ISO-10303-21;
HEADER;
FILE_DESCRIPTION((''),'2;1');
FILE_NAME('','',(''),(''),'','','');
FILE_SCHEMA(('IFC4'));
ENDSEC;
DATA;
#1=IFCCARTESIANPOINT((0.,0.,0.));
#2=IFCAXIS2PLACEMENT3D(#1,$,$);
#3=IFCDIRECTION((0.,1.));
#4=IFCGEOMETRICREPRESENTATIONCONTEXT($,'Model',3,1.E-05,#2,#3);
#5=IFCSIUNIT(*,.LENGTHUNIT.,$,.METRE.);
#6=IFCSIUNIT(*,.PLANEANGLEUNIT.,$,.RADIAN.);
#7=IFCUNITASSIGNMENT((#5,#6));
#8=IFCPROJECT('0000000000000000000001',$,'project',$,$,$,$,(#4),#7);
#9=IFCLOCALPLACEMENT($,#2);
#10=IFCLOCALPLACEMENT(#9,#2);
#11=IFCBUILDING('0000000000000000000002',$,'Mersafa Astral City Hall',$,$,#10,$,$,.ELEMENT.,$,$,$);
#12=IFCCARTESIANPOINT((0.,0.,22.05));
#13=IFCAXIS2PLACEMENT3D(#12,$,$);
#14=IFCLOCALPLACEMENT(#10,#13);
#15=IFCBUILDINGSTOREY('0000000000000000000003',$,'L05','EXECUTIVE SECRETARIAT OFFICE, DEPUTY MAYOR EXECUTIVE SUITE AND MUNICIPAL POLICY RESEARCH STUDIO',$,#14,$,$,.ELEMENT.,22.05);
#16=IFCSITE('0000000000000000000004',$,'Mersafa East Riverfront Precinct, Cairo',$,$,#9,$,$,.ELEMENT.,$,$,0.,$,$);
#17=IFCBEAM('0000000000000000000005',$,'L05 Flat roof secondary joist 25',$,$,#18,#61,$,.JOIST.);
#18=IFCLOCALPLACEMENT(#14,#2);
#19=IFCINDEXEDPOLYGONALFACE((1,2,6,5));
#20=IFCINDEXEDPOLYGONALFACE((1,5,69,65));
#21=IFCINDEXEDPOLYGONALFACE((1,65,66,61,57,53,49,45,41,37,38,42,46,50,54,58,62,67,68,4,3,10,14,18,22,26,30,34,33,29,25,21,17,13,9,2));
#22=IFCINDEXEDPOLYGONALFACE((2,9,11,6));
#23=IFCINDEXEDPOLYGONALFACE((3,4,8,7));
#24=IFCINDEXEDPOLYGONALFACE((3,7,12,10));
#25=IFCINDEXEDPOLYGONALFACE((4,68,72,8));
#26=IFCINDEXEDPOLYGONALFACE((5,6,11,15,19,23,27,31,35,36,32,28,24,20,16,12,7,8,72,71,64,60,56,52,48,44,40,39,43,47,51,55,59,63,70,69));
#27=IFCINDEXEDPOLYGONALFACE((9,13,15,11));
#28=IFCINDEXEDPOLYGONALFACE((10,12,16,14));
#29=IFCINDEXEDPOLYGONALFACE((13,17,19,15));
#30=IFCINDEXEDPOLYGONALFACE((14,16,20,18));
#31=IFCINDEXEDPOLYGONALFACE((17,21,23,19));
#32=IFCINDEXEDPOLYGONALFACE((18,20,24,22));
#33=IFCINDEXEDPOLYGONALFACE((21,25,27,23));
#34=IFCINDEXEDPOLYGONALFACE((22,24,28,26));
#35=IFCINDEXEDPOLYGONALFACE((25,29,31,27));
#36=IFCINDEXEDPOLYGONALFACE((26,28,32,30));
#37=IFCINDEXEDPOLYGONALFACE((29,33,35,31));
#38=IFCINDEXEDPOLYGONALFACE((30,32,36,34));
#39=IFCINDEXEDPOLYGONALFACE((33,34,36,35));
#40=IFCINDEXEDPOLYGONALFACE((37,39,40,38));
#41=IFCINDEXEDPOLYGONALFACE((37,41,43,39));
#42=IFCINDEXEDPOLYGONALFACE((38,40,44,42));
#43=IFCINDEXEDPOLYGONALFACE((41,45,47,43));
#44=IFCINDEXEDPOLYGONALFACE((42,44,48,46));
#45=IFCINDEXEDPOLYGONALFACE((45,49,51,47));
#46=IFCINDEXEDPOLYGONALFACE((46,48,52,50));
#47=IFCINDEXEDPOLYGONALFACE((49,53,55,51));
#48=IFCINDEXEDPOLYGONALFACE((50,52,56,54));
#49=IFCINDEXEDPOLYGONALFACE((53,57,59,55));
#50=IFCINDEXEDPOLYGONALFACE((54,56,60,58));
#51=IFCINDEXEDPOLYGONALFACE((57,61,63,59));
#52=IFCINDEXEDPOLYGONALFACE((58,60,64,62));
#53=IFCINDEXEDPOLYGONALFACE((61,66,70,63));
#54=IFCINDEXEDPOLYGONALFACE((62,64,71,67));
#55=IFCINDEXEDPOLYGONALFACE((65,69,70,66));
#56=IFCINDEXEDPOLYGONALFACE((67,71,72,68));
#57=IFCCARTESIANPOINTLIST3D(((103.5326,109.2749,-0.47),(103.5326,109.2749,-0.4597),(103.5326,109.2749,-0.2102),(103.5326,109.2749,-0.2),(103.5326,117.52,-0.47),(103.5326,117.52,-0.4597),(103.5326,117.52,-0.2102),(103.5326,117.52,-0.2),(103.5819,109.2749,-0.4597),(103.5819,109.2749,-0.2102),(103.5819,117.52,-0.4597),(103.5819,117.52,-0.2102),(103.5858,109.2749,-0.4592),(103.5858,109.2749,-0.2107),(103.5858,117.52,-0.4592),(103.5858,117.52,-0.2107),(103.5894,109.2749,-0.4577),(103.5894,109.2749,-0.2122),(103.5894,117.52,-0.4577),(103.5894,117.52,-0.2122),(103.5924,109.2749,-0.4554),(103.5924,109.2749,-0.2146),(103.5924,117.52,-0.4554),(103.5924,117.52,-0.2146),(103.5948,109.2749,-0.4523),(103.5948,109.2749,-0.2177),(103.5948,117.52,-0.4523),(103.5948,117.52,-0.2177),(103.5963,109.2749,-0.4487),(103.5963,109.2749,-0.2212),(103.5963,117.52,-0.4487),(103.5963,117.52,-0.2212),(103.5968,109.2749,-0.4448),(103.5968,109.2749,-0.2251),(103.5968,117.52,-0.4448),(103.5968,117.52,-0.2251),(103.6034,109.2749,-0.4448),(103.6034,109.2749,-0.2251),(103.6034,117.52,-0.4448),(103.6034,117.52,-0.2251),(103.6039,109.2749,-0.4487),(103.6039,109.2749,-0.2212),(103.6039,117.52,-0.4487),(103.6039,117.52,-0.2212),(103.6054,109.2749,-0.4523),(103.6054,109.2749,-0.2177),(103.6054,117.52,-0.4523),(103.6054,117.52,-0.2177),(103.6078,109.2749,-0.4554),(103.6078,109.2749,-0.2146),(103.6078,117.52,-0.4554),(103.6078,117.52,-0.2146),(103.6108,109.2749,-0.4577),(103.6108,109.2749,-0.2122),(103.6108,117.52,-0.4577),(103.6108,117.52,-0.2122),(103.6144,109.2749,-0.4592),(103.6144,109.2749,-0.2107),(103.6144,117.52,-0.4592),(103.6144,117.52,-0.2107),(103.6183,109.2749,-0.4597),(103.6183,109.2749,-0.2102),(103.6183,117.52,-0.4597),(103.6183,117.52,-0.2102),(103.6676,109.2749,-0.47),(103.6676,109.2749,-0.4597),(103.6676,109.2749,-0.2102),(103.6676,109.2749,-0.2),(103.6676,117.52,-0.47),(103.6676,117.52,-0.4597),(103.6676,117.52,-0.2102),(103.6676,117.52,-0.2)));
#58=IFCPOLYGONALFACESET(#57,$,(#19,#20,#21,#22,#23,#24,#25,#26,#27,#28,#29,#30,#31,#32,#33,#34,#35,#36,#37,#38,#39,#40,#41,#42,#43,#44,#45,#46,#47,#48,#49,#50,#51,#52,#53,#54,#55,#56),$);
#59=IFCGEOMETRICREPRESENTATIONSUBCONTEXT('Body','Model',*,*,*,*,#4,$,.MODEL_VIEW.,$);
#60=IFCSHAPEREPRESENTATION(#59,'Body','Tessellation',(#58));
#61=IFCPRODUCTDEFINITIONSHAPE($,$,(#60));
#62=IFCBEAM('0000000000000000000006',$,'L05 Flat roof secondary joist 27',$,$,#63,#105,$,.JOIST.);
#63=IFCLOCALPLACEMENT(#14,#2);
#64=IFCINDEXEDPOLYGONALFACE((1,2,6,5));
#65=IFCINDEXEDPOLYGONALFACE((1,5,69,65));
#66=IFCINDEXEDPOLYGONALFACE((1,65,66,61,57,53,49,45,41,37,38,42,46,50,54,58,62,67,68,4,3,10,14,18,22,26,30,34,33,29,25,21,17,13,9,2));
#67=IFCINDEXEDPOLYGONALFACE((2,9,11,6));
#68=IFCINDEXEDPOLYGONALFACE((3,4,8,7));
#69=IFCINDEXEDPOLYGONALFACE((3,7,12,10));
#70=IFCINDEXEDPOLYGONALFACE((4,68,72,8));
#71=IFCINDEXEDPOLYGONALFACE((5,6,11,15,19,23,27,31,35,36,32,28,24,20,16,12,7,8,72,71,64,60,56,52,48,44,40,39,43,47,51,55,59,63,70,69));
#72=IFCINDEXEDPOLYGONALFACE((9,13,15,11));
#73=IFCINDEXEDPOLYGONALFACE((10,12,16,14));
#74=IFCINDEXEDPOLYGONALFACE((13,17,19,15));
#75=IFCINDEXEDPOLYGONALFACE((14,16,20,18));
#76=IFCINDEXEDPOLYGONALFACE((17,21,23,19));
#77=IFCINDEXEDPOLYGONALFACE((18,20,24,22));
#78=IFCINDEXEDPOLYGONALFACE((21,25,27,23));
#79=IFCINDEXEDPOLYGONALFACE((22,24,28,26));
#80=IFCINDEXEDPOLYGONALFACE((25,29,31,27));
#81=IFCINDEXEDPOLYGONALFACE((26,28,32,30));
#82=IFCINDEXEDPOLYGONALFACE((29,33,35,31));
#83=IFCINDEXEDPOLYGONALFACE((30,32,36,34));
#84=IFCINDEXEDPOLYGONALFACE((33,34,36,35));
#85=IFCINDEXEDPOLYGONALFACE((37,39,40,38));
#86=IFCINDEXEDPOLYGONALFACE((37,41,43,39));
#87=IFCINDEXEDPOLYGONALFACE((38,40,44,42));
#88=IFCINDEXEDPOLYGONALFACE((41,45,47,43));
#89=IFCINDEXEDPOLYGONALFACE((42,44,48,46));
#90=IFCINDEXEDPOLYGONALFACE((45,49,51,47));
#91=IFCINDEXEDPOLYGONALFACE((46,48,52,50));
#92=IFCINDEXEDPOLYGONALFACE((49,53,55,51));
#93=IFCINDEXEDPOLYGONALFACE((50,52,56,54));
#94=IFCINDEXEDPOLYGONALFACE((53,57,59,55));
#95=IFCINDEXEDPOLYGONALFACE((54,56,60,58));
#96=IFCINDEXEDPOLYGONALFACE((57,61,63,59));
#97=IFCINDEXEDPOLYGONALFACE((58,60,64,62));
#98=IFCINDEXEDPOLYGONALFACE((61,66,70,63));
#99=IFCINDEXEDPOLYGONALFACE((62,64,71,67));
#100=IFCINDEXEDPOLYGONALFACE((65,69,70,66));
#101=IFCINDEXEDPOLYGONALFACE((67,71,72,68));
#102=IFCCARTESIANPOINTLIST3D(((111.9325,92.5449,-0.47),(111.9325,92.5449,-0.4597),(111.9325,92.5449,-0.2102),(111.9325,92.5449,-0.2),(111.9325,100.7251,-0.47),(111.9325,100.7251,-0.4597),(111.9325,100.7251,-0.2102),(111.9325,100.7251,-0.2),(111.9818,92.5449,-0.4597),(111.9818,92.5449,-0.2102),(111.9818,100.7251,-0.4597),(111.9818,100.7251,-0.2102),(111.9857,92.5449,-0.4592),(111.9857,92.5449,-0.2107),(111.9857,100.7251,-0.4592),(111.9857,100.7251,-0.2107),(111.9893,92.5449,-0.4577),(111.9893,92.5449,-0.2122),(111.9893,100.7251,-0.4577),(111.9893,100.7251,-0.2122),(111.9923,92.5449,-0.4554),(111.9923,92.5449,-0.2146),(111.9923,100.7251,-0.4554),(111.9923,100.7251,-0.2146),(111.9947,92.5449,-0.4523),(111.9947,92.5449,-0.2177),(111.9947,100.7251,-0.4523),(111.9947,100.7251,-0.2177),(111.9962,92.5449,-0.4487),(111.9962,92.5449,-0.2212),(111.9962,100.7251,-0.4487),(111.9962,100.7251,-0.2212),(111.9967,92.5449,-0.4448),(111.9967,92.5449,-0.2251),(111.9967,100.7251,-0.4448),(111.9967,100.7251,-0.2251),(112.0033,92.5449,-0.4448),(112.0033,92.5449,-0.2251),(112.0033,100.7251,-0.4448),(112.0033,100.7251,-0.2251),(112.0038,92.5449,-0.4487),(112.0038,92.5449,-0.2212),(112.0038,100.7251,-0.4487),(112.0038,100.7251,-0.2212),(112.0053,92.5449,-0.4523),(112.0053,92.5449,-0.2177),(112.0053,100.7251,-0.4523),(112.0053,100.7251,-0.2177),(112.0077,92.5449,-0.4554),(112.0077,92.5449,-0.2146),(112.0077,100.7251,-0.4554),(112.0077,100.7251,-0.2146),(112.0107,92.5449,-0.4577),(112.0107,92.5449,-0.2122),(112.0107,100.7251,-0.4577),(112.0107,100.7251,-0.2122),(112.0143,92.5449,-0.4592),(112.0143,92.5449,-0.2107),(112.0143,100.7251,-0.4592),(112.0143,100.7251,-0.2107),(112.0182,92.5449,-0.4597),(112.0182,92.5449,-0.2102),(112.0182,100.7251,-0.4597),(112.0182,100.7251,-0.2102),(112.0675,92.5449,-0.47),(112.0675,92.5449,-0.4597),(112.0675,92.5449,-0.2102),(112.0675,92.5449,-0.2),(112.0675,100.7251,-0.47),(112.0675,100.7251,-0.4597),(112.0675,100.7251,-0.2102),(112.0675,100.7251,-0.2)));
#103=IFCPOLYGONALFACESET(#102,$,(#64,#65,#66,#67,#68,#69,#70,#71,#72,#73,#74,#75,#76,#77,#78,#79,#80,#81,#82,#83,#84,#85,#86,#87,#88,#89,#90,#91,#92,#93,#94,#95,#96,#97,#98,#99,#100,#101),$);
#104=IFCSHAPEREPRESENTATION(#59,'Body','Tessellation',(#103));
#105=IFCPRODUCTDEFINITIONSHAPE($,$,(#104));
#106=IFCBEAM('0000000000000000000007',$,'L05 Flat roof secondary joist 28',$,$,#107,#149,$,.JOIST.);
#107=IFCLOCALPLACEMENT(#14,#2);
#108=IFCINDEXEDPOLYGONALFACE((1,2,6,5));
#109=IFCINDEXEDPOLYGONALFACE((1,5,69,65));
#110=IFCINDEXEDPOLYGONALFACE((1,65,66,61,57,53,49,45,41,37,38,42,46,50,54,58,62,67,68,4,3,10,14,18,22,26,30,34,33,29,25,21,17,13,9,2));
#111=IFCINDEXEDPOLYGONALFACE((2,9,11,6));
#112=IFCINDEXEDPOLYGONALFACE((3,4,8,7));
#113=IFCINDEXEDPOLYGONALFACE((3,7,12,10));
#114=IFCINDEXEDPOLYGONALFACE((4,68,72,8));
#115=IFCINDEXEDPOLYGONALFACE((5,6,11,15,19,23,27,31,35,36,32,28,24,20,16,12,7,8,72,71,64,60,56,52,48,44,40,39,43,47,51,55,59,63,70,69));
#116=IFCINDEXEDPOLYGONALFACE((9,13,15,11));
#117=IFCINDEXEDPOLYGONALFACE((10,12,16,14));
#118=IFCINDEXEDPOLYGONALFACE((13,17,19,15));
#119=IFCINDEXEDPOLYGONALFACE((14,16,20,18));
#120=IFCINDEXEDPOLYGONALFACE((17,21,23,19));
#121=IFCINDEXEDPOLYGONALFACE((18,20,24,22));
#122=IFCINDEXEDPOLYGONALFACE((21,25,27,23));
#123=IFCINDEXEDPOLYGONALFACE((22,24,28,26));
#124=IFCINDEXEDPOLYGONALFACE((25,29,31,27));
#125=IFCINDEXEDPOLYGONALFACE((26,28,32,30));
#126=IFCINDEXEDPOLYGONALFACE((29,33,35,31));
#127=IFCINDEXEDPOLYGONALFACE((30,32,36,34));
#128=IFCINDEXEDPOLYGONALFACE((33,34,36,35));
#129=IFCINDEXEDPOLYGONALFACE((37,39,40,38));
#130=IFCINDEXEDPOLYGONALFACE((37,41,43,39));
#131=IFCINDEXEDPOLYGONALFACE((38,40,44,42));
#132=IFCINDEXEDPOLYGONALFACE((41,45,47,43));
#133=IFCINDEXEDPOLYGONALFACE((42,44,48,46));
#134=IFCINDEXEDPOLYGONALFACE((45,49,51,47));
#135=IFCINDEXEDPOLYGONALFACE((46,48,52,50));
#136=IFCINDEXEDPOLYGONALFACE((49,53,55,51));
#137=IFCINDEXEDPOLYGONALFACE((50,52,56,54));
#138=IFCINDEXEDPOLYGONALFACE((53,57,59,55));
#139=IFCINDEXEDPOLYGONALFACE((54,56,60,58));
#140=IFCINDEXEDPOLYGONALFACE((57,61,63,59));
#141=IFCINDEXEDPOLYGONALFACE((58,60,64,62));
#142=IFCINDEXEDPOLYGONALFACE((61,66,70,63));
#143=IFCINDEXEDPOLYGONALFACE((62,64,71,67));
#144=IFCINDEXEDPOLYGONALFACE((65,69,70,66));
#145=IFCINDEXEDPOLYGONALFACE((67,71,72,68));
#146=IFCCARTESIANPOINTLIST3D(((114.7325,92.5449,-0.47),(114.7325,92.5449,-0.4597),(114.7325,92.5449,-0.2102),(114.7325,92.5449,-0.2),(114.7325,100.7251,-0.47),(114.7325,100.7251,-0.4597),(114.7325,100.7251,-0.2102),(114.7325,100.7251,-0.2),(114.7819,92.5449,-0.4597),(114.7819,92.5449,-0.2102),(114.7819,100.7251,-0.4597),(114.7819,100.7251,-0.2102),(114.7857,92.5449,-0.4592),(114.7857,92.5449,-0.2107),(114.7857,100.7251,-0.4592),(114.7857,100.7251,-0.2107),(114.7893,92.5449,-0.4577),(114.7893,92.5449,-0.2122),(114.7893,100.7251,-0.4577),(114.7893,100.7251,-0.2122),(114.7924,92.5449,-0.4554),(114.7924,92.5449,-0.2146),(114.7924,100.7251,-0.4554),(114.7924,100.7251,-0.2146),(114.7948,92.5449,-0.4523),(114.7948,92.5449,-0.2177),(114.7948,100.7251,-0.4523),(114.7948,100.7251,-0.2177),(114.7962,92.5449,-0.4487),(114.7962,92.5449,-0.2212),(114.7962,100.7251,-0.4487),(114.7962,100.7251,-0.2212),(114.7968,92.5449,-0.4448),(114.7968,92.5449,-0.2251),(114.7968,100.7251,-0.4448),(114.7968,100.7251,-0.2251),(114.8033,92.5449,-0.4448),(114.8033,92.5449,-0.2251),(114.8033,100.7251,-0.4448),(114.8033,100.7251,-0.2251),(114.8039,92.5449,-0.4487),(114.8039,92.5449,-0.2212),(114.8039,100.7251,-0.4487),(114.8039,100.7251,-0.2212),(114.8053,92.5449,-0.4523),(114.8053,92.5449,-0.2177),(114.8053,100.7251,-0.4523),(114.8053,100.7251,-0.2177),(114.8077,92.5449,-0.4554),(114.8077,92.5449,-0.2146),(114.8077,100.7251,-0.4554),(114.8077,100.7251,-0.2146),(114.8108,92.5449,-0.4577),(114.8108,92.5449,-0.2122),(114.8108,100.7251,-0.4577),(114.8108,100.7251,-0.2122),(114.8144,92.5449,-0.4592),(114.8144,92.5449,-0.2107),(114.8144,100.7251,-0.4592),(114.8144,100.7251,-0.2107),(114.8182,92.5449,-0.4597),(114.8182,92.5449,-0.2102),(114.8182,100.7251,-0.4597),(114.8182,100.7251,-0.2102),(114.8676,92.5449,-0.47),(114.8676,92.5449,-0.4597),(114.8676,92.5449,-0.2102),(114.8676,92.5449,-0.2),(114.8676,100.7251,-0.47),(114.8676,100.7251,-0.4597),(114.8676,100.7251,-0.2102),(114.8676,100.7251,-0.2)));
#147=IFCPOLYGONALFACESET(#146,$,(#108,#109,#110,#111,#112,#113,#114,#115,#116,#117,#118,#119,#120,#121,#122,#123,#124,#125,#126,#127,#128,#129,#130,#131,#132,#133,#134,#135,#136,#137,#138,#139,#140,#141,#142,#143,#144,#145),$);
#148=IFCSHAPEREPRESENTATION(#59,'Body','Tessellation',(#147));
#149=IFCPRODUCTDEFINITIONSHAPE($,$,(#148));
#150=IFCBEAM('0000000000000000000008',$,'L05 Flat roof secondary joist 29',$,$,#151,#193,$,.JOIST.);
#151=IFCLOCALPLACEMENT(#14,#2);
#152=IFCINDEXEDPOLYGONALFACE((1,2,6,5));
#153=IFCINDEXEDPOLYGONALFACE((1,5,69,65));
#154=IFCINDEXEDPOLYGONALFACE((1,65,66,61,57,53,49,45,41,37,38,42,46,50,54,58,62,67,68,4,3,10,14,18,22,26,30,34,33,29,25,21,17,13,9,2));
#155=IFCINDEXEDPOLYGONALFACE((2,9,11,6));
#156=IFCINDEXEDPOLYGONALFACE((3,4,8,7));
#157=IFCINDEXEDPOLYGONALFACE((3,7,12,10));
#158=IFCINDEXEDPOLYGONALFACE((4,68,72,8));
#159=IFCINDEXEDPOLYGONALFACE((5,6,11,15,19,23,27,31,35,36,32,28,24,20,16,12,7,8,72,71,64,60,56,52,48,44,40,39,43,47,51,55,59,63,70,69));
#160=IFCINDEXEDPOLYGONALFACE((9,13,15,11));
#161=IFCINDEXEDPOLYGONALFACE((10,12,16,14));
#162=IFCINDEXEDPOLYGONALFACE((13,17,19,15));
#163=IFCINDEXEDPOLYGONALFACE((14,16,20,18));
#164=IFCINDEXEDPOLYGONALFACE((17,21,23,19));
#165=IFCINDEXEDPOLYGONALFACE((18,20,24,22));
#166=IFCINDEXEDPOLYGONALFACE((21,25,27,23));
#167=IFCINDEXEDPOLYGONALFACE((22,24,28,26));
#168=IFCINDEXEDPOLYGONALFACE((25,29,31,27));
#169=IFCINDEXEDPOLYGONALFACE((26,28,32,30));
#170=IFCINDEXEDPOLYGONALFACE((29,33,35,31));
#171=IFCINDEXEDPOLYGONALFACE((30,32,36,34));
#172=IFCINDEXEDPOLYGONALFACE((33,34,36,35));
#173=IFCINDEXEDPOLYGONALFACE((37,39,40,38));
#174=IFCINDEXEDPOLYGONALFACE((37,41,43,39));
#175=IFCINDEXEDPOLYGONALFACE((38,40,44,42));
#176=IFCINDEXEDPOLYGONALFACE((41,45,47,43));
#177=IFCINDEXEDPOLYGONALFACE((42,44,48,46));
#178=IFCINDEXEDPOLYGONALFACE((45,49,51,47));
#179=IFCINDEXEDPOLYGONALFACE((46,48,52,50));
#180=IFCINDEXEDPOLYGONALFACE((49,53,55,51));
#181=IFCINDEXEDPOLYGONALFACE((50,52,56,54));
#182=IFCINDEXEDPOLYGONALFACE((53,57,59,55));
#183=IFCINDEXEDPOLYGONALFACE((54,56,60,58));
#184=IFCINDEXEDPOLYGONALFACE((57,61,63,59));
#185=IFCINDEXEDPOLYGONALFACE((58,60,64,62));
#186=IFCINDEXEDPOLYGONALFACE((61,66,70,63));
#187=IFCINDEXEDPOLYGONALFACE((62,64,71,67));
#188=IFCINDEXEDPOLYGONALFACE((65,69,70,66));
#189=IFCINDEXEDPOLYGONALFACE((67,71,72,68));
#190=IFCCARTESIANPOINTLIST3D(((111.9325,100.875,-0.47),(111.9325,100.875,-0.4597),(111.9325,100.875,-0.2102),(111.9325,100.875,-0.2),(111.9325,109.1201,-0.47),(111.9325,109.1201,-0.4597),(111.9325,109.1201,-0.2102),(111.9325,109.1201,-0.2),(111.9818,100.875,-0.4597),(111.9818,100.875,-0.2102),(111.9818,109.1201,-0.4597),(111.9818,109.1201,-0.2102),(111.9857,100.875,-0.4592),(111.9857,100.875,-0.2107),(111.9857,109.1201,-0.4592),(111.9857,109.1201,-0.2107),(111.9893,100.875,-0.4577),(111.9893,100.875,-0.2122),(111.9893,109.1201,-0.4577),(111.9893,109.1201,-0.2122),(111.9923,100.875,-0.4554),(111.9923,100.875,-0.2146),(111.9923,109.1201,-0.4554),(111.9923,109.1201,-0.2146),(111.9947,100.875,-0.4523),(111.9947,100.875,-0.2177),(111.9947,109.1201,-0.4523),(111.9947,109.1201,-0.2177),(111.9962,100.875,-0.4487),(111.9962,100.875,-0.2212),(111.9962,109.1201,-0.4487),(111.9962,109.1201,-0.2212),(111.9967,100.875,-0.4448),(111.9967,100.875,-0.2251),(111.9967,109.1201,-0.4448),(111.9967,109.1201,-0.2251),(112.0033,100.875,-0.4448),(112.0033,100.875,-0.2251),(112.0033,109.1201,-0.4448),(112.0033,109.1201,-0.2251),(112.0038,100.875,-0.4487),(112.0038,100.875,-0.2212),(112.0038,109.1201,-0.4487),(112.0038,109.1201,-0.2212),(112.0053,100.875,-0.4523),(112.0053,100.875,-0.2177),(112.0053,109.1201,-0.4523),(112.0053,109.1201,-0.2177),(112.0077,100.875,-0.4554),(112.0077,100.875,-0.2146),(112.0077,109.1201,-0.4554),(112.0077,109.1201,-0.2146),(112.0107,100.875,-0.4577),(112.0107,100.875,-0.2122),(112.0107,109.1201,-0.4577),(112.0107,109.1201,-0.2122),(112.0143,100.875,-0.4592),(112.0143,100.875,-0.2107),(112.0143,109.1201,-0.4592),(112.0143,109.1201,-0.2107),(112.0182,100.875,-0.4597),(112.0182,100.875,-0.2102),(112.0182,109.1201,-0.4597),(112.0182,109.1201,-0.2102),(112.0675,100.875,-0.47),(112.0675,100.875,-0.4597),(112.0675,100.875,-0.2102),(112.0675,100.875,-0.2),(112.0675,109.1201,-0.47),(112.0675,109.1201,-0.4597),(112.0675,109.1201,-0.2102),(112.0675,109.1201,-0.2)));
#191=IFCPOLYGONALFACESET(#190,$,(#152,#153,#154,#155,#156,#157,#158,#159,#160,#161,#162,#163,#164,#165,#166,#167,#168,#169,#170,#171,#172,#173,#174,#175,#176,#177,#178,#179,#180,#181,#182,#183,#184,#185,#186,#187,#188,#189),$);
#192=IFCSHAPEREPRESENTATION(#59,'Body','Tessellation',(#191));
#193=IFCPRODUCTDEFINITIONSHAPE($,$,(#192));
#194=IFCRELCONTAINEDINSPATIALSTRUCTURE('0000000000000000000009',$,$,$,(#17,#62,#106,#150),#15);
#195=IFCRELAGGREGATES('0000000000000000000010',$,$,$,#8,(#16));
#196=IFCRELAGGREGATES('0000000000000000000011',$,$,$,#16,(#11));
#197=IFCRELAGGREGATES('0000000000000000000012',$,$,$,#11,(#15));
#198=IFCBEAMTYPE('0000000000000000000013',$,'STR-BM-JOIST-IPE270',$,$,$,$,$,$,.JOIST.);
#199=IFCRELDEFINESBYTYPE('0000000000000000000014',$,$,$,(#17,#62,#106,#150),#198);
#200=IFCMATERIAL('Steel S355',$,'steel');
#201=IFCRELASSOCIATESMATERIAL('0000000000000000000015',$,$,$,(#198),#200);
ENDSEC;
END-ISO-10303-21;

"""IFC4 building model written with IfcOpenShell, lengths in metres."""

from ifc_helpers import new_model, si_unit, direction, frame, origin, origin_2d, place, context, subcontext, project, spatial, i_section, extrude, material, material_profile, profile_set, type_object, element, save


model = new_model("IFC4")

# Units and contexts
model_context = context("Model", 3, precision=1e-05, world=origin(), true_north=direction((0.0, 1.0)))
body_context = subcontext(model_context, "Body", "Model", "MODEL_VIEW")
ifc_project = project(units=[si_unit("LENGTHUNIT", "METRE"), si_unit("PLANEANGLEUNIT", "RADIAN")], contexts=[model_context])

# Site, building, storey
site_placement = place(None, origin())
site = spatial("IfcSite", under=ifc_project, at=site_placement, Name="Mersafa East Riverfront Precinct, Cairo", CompositionType="ELEMENT", RefElevation=0.0)
building_placement = place(site_placement, origin())
building = spatial("IfcBuilding", under=site, at=building_placement, Name="Mersafa Astral City Hall", CompositionType="ELEMENT")
storey_placement = place(building_placement, frame((0.0, 0.0, 22.05)))
storey = spatial("IfcBuildingStorey", under=building, at=storey_placement, Name="L05", Description="EXECUTIVE SECRETARIAT OFFICE, DEPUTY MAYOR EXECUTIVE SUITE AND MUNICIPAL POLICY RESEARCH STUDIO", CompositionType="ELEMENT", Elevation=22.05)

# Shared definitions
ifc_material_1 = material(Name="Steel S355", Category="steel")

# Beams
ifc_material_profile_1 = material_profile(ifc_material_1, i_section(OverallWidth=0.135, OverallDepth=0.27, WebThickness=0.0066, FlangeThickness=0.0103, FilletRadius=0.0149, at=origin_2d()), Name="IPE 270")
ifc_profile_set_1 = profile_set([ifc_material_profile_1], Name="Steel S355")
beam_type_1 = type_object("IfcBeamType", Name="STR-BM-JOIST-IPE270", PredefinedType="JOIST", material=ifc_profile_set_1)
for number, where, z_axis, x_axis, name in (
    (1, (103.6001, 109.2749, -0.335), (0.0, 1.0, 0.0), (-1.0, 0.0, 0.0), "L05 Flat roof secondary joist 25"),
):
    element("IfcBeam", number, at=place(storey_placement, frame(where, z_axis=z_axis, x_axis=x_axis)), inside=storey, type_object=beam_type_1, Name=name, PredefinedType="JOIST", context=body_context, shape_type="SweptSolid", body=[
        extrude(i_section(OverallWidth=0.135, OverallDepth=0.27, WebThickness=0.0066, FlangeThickness=0.0103, FilletRadius=0.0149, at=origin_2d()), origin(), (0.0, 0.0, 1.0), 8.2451),
    ])
for number, where, z_axis, x_axis, name in (
    (2, (112.0, 92.5449, -0.335), (0.0, 1.0, 0.0), (-1.0, 0.0, 0.0), "L05 Flat roof secondary joist 27"),
    (3, (114.8, 92.5449, -0.335), (0.0, 1.0, 0.0), (-1.0, 0.0, 0.0), "L05 Flat roof secondary joist 28"),
):
    element("IfcBeam", number, at=place(storey_placement, frame(where, z_axis=z_axis, x_axis=x_axis)), inside=storey, type_object=beam_type_1, Name=name, PredefinedType="JOIST", context=body_context, shape_type="SweptSolid", body=[
        extrude(i_section(OverallWidth=0.135, OverallDepth=0.27, WebThickness=0.0066, FlangeThickness=0.0103, FilletRadius=0.0149, at=origin_2d()), origin(), (0.0, 0.0, 1.0), 8.1802),
    ])
for number, where, z_axis, x_axis, name in (
    (4, (112.0, 100.875, -0.335), (0.0, 1.0, 0.0), (-1.0, 0.0, 0.0), "L05 Flat roof secondary joist 29"),
):
    element("IfcBeam", number, at=place(storey_placement, frame(where, z_axis=z_axis, x_axis=x_axis)), inside=storey, type_object=beam_type_1, Name=name, PredefinedType="JOIST", context=body_context, shape_type="SweptSolid", body=[
        extrude(i_section(OverallWidth=0.135, OverallDepth=0.27, WebThickness=0.0066, FlangeThickness=0.0103, FilletRadius=0.0149, at=origin_2d()), origin(), (0.0, 0.0, 1.0), 8.2451),
    ])

save(model, "model.ifc")
